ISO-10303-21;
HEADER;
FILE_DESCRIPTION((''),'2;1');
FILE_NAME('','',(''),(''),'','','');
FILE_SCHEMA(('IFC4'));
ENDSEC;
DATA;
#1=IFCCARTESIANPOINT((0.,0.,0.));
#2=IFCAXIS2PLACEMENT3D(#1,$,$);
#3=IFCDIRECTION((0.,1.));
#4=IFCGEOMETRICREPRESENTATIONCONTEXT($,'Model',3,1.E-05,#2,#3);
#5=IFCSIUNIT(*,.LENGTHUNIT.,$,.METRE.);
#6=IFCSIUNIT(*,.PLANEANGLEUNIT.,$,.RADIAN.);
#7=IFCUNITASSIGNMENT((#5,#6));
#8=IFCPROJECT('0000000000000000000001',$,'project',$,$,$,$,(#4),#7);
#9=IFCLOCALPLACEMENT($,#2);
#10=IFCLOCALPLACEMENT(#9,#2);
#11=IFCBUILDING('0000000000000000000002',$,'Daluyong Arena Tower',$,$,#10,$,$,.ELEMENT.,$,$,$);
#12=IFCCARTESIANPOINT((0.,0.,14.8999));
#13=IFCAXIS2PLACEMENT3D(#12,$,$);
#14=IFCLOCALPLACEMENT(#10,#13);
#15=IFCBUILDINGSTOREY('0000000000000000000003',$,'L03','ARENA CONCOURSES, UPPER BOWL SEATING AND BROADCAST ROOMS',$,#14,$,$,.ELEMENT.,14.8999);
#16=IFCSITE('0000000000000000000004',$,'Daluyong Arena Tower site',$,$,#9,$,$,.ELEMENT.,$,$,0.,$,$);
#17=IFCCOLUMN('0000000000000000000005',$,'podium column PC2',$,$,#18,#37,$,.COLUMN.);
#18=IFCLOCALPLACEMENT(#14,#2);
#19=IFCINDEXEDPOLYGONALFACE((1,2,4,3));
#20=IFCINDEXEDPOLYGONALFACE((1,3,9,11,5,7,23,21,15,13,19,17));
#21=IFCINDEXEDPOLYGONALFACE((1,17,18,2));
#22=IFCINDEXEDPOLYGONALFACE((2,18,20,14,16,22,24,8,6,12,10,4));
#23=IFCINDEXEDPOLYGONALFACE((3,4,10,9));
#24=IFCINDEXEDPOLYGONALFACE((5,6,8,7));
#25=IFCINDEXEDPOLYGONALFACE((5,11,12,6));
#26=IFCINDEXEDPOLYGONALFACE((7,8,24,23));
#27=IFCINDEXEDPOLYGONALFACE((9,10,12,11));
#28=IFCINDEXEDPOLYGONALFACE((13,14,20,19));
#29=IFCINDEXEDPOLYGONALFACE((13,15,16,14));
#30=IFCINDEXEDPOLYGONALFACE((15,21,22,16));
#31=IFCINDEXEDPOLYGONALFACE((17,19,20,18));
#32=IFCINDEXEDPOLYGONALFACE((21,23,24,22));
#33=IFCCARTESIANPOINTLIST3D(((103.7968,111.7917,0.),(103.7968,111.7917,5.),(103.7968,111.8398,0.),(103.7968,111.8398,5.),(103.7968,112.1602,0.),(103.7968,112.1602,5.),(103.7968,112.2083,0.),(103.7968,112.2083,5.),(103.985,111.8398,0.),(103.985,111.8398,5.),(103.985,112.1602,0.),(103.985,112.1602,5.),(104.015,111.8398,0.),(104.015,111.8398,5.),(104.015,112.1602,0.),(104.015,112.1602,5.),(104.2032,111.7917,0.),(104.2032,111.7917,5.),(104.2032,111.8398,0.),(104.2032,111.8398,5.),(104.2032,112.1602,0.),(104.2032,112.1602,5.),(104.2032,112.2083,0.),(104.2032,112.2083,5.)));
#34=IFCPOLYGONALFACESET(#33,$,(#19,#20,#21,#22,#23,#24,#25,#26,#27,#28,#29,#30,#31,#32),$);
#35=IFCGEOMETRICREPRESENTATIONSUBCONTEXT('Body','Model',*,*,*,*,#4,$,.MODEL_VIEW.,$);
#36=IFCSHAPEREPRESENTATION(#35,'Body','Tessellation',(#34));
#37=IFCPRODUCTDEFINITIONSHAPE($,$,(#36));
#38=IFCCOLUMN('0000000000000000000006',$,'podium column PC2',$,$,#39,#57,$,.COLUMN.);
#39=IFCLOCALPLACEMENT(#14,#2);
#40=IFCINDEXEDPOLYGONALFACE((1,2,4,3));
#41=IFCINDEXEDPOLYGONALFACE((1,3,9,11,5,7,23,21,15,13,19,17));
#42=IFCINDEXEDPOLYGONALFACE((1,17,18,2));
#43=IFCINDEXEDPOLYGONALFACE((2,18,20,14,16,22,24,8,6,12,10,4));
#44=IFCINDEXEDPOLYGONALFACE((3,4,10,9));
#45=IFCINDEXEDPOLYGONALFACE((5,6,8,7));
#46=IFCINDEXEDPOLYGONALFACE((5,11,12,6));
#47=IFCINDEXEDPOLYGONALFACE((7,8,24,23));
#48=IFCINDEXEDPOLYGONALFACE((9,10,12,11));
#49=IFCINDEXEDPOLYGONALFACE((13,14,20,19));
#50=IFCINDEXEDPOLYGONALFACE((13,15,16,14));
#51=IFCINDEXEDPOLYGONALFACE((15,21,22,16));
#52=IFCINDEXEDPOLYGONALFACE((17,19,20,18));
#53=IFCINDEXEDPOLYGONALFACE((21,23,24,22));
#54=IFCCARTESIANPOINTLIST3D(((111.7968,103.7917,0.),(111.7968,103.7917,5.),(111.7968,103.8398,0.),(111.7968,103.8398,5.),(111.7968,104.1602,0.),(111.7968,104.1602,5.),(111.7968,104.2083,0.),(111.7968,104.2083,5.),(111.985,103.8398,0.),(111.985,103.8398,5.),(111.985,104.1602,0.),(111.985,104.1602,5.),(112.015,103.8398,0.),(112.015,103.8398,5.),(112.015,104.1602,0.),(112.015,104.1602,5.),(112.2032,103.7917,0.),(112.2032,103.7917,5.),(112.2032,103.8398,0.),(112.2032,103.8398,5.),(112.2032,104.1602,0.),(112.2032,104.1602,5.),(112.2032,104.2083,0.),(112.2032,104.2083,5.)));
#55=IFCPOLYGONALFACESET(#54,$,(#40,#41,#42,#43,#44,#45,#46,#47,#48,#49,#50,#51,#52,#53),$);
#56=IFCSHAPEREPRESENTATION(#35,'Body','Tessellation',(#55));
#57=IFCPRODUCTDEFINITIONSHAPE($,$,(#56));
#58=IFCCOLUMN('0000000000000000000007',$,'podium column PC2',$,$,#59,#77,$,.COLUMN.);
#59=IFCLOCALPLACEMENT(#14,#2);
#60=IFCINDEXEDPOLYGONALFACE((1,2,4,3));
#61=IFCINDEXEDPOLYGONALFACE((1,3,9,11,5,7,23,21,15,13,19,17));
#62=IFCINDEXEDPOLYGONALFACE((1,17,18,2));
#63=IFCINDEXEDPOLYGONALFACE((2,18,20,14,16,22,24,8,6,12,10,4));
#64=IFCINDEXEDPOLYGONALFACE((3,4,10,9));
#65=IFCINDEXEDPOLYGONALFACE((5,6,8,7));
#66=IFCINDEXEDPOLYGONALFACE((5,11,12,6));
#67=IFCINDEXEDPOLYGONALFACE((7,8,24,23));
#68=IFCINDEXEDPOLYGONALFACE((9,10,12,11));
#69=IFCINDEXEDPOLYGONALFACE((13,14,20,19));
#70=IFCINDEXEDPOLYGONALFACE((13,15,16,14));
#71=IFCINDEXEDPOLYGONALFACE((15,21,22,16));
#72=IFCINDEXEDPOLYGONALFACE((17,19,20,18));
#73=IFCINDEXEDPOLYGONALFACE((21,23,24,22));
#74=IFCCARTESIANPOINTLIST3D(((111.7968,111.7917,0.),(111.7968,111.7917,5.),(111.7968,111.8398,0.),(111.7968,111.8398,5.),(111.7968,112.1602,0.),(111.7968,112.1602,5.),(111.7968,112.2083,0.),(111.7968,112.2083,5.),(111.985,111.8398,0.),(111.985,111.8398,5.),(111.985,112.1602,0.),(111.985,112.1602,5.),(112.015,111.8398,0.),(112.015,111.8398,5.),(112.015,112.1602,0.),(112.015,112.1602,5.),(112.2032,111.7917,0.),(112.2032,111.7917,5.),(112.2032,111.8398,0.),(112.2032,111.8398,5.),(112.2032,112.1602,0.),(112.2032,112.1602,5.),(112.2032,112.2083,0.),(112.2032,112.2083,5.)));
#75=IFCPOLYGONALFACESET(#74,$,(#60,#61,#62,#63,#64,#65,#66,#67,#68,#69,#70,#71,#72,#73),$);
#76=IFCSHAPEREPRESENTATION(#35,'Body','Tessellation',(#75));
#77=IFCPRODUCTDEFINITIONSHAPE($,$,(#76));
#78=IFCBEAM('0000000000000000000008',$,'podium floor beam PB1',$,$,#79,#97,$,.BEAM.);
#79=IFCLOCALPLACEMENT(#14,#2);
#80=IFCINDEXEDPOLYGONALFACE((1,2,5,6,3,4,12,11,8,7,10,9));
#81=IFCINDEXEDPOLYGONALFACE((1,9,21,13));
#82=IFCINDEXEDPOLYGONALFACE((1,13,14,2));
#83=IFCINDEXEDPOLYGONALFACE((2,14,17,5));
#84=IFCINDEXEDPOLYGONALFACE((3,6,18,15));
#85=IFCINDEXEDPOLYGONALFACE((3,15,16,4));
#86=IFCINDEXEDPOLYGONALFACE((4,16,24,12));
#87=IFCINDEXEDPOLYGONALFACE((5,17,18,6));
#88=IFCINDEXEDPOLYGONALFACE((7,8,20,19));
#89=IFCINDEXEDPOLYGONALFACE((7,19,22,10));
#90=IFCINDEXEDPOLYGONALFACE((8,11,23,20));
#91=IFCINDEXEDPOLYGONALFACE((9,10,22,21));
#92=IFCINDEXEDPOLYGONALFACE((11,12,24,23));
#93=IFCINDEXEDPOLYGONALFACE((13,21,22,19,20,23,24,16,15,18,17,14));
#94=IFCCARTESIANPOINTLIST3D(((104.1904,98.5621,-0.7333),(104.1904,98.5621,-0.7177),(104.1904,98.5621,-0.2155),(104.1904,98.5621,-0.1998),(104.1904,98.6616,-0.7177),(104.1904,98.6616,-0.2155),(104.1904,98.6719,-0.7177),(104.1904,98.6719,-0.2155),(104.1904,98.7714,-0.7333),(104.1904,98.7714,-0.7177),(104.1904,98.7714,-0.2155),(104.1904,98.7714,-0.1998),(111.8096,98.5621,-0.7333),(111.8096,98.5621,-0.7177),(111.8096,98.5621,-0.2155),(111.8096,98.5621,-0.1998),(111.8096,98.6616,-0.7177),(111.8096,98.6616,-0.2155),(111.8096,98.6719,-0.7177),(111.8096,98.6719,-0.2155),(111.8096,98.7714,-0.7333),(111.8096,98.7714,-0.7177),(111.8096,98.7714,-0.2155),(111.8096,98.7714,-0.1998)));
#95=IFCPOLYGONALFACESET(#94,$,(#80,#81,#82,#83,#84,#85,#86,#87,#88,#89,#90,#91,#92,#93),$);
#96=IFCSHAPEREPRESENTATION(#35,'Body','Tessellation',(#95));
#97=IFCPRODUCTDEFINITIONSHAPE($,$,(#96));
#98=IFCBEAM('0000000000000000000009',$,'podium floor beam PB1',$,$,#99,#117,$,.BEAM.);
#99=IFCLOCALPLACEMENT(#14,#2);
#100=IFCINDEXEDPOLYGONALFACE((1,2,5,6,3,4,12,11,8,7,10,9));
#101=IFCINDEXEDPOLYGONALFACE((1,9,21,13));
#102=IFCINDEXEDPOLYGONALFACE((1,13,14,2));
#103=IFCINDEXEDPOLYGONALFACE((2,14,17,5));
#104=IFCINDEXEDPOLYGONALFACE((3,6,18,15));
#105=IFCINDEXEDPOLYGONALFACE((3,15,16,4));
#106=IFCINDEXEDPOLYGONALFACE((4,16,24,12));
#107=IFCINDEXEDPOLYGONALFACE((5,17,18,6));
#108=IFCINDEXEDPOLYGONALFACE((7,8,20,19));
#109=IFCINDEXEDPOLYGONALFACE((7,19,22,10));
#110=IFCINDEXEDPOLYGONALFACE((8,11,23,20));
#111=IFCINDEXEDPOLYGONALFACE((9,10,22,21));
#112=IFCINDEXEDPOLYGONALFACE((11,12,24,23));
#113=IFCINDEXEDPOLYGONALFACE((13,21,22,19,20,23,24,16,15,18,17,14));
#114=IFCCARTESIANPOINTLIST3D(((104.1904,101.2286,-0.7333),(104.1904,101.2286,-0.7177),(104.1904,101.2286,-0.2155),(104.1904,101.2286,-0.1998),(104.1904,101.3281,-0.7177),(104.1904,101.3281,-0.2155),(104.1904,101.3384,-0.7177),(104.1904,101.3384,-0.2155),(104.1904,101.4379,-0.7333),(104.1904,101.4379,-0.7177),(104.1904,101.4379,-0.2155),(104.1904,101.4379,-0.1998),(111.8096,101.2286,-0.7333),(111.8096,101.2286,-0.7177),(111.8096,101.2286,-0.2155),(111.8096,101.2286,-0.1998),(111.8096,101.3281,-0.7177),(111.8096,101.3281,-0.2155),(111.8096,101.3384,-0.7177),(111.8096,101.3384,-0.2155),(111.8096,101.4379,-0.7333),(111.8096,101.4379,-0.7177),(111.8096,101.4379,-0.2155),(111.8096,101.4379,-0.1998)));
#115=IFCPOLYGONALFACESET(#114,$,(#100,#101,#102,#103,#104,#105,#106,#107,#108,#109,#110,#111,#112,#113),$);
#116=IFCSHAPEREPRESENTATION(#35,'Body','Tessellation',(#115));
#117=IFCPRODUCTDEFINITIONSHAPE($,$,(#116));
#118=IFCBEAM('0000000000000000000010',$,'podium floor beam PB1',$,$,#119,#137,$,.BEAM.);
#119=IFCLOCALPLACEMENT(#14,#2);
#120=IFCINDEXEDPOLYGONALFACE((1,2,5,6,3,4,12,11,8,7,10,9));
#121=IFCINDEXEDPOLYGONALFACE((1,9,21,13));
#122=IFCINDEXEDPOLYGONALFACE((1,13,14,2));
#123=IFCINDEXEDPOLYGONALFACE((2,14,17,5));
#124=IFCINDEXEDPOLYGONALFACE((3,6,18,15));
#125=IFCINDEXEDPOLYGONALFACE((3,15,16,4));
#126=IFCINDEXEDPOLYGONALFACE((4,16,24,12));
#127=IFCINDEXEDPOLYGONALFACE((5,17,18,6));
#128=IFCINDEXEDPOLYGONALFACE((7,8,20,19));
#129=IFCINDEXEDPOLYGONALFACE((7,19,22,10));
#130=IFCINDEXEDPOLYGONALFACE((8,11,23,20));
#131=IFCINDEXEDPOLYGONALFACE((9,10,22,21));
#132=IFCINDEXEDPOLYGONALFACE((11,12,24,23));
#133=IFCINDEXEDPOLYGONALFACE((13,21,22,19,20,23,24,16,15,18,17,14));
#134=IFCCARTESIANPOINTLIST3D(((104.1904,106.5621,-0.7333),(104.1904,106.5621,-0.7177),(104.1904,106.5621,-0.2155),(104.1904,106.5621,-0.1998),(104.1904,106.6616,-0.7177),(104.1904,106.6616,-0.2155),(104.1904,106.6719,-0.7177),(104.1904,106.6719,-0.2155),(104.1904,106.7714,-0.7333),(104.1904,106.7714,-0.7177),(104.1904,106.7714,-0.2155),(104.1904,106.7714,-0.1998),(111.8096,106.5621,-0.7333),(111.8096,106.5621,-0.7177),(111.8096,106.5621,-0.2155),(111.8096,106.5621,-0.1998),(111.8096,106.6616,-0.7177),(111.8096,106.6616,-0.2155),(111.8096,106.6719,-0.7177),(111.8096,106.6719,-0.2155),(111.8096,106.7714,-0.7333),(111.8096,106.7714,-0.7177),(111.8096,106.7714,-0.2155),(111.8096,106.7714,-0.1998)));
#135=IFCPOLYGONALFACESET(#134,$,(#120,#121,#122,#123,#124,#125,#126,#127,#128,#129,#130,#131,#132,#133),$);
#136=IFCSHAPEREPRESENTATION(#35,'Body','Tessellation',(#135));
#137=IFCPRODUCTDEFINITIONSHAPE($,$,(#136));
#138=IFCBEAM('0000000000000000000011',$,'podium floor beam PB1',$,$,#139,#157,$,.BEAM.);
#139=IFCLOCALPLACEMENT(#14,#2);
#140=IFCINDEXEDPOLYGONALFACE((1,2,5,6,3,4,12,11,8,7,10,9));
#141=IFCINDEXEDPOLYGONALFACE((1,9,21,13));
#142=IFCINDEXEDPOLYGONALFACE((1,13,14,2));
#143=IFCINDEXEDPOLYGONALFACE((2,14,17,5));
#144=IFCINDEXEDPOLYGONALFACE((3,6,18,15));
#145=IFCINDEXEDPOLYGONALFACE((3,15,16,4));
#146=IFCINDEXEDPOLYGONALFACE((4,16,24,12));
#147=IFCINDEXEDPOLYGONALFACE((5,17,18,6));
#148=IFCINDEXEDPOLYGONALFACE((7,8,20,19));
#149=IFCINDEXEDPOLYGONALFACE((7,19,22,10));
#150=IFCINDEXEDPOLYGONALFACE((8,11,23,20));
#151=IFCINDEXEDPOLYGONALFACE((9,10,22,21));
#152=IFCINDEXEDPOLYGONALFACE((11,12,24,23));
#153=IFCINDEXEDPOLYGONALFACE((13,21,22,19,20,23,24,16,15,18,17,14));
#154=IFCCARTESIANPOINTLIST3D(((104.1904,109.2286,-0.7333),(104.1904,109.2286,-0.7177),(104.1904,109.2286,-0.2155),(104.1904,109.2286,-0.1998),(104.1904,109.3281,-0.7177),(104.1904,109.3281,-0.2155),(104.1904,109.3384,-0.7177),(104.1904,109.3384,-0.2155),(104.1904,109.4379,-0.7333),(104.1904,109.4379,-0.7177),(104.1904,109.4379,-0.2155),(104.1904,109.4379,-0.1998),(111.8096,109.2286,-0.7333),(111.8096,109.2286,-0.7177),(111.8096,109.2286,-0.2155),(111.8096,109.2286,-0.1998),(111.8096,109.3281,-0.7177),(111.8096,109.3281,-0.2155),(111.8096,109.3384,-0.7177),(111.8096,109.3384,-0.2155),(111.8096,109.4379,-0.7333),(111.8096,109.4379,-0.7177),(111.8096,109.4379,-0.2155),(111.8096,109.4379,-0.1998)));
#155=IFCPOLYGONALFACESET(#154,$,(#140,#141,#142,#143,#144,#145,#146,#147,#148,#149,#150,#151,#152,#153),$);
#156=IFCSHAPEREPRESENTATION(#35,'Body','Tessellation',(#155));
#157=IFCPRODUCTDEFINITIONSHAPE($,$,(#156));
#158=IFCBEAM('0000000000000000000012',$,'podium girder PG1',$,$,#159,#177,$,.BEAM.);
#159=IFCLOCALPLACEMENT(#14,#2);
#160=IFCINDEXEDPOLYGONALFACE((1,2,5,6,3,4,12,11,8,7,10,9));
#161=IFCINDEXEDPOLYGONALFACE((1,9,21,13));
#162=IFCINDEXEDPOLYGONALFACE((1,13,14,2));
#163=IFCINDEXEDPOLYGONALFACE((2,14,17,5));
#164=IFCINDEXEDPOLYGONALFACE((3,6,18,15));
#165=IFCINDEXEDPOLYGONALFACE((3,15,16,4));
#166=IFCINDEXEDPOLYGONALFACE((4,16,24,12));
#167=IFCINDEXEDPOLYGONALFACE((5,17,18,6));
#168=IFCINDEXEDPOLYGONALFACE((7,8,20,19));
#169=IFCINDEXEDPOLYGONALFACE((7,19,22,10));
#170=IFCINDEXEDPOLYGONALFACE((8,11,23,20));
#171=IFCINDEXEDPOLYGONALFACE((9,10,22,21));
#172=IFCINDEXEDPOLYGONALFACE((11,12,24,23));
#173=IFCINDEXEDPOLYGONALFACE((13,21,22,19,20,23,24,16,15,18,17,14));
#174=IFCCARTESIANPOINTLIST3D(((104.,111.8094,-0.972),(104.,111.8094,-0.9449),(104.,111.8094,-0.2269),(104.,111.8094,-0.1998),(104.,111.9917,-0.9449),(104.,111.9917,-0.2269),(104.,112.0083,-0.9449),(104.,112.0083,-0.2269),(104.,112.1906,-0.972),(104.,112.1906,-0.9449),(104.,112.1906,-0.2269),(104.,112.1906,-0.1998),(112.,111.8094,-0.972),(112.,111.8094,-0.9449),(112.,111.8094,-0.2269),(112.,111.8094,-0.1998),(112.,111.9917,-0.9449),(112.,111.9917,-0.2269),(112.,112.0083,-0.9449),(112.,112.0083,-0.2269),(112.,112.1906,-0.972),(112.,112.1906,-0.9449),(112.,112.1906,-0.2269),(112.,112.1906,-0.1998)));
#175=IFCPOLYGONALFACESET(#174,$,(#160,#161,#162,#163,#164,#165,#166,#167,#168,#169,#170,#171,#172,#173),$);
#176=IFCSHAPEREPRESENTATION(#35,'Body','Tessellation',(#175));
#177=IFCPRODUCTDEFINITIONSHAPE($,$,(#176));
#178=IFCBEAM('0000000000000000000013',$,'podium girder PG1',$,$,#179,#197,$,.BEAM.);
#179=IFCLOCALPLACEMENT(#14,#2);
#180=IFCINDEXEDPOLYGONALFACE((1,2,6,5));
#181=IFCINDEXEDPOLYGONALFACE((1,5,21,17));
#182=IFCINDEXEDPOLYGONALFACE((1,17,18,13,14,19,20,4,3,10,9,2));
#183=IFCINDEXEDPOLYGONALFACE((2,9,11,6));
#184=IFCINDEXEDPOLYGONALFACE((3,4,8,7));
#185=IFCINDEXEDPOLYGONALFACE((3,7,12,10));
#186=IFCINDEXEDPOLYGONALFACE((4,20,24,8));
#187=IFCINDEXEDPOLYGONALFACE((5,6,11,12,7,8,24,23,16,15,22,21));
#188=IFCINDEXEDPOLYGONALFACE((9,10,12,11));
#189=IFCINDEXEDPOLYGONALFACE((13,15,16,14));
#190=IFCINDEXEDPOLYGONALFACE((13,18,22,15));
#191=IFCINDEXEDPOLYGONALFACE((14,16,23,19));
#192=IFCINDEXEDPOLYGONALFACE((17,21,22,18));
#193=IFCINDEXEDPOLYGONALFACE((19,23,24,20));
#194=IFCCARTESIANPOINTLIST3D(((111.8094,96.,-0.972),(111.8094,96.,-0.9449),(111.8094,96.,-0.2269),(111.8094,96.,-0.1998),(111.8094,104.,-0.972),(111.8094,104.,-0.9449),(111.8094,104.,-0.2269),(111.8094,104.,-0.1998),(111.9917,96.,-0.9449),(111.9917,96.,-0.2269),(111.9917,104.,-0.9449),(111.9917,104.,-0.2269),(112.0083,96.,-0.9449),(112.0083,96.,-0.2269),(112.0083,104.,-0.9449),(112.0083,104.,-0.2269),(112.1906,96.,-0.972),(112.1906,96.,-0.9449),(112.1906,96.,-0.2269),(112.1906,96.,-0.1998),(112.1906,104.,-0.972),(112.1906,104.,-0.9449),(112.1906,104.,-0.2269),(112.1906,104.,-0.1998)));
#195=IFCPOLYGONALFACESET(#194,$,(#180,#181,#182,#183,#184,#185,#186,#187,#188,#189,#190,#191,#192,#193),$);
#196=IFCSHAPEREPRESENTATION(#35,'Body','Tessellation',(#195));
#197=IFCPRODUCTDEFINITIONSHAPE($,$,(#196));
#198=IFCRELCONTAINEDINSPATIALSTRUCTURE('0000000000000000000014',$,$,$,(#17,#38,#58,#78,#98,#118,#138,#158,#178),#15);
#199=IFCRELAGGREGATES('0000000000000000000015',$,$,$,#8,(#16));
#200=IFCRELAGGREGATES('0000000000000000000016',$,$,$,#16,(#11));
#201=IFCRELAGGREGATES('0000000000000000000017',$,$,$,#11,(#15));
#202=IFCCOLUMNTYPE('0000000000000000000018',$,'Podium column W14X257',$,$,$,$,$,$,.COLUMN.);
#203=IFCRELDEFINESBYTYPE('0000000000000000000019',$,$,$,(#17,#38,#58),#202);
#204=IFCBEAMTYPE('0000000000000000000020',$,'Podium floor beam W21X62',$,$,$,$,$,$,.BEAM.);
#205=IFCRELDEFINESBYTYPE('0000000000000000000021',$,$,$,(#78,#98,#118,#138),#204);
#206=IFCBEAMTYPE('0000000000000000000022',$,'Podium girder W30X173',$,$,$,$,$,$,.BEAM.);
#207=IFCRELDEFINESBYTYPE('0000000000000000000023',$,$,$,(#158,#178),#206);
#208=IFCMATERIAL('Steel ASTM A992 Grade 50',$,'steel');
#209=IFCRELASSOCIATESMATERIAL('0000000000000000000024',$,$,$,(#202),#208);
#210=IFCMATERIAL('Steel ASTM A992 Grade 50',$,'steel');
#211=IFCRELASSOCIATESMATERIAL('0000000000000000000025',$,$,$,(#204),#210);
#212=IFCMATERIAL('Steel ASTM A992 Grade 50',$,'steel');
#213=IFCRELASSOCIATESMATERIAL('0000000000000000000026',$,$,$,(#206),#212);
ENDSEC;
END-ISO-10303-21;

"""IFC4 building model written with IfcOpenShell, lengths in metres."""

from ifc_helpers import new_model, si_unit, direction, frame, origin, origin_2d, place, context, subcontext, project, spatial, i_section, extrude, material, material_profile, profile_set, type_object, element, save


model = new_model("IFC4")

# Units and contexts
model_context = context("Model", 3, precision=1e-05, world=origin(), true_north=direction((0.0, 1.0)))
body_context = subcontext(model_context, "Body", "Model", "MODEL_VIEW")
ifc_project = project(units=[si_unit("LENGTHUNIT", "METRE"), si_unit("PLANEANGLEUNIT", "RADIAN")], contexts=[model_context])

# Site, building, storey
site_placement = place(None, origin())
site = spatial("IfcSite", under=ifc_project, at=site_placement, Name="Daluyong Arena Tower site", CompositionType="ELEMENT", RefElevation=0.0)
building_placement = place(site_placement, origin())
building = spatial("IfcBuilding", under=site, at=building_placement, Name="Daluyong Arena Tower", CompositionType="ELEMENT")
storey_placement = place(building_placement, frame((0.0, 0.0, 14.8999)))
storey = spatial("IfcBuildingStorey", under=building, at=storey_placement, Name="L03", Description="ARENA CONCOURSES, UPPER BOWL SEATING AND BROADCAST ROOMS", CompositionType="ELEMENT", Elevation=14.8999)

# Columns
ifc_material_1 = material(Name="Steel ASTM A992 Grade 50", Category="steel")
ifc_material_profile_1 = material_profile(ifc_material_1, i_section(OverallWidth=0.4065, OverallDepth=0.4165, WebThickness=0.03, FlangeThickness=0.0481, at=origin_2d()))
ifc_profile_set_1 = profile_set([ifc_material_profile_1], Name="Steel ASTM A992 Grade 50")
column_type = type_object("IfcColumnType", Name="Podium column W14X257", PredefinedType="COLUMN", material=ifc_profile_set_1)
for number, where, z_axis, x_axis, name in (
    (1, (104.0, 112.0, 0.0), (0.0, 0.0, 1.0), (1.0, 0.0, 0.0), "podium column PC2"),
    (2, (112.0, 104.0, 0.0), (0.0, 0.0, 1.0), (1.0, 0.0, 0.0), "podium column PC2"),
    (3, (112.0, 112.0, 0.0), (0.0, 0.0, 1.0), (1.0, 0.0, 0.0), "podium column PC2"),
):
    element("IfcColumn", number, at=place(storey_placement, frame(where, z_axis=z_axis, x_axis=x_axis)), inside=storey, type_object=column_type, Name=name, PredefinedType="COLUMN", context=body_context, shape_type="SweptSolid", body=[
        extrude(i_section(OverallWidth=0.4065, OverallDepth=0.4165, WebThickness=0.03, FlangeThickness=0.0481, at=origin_2d()), origin(), (0.0, 0.0, 1.0), 5.0),
    ])

# Beams
ifc_material_2 = material(Name="Steel ASTM A992 Grade 50", Category="steel")
ifc_material_profile_2 = material_profile(ifc_material_2, i_section(OverallWidth=0.2092, OverallDepth=0.5334, WebThickness=0.0103, FlangeThickness=0.0156, at=origin_2d()))
ifc_profile_set_2 = profile_set([ifc_material_profile_2], Name="Steel ASTM A992 Grade 50")
beam_type_1 = type_object("IfcBeamType", Name="Podium floor beam W21X62", PredefinedType="BEAM", material=ifc_profile_set_2)
for number, where, z_axis, x_axis, name in (
    (4, (104.1904, 98.6667, -0.4666), (1.0, 0.0, 0.0), (0.0, 1.0, 0.0), "podium floor beam PB1"),
    (5, (104.1904, 101.3333, -0.4666), (1.0, 0.0, 0.0), (0.0, 1.0, 0.0), "podium floor beam PB1"),
    (6, (104.1904, 106.6667, -0.4666), (1.0, 0.0, 0.0), (0.0, 1.0, 0.0), "podium floor beam PB1"),
    (7, (104.1904, 109.3333, -0.4666), (1.0, 0.0, 0.0), (0.0, 1.0, 0.0), "podium floor beam PB1"),
):
    element("IfcBeam", number, at=place(storey_placement, frame(where, z_axis=z_axis, x_axis=x_axis)), inside=storey, type_object=beam_type_1, Name=name, PredefinedType="BEAM", context=body_context, shape_type="SweptSolid", body=[
        extrude(i_section(OverallWidth=0.2092, OverallDepth=0.5334, WebThickness=0.0103, FlangeThickness=0.0156, at=origin_2d()), origin(), (0.0, 0.0, 1.0), 7.6191),
    ])
ifc_material_3 = material(Name="Steel ASTM A992 Grade 50", Category="steel")
ifc_material_profile_3 = material_profile(ifc_material_3, i_section(OverallWidth=0.3811, OverallDepth=0.7722, WebThickness=0.0166, FlangeThickness=0.0271, at=origin_2d()))
ifc_profile_set_3 = profile_set([ifc_material_profile_3], Name="Steel ASTM A992 Grade 50")
beam_type_2 = type_object("IfcBeamType", Name="Podium girder W30X173", PredefinedType="BEAM", material=ifc_profile_set_3)
for number, where, z_axis, x_axis, name in (
    (8, (104.0, 112.0, -0.5859), (1.0, 0.0, 0.0), (0.0, 1.0, 0.0), "podium girder PG1"),
    (9, (112.0, 96.0, -0.5859), (0.0, 1.0, 0.0), (-1.0, 0.0, 0.0), "podium girder PG1"),
):
    element("IfcBeam", number, at=place(storey_placement, frame(where, z_axis=z_axis, x_axis=x_axis)), inside=storey, type_object=beam_type_2, Name=name, PredefinedType="BEAM", context=body_context, shape_type="SweptSolid", body=[
        extrude(i_section(OverallWidth=0.3811, OverallDepth=0.7722, WebThickness=0.0166, FlangeThickness=0.0271, at=origin_2d()), origin(), (0.0, 0.0, 1.0), 8.0),
    ])

save(model, "model.ifc")
